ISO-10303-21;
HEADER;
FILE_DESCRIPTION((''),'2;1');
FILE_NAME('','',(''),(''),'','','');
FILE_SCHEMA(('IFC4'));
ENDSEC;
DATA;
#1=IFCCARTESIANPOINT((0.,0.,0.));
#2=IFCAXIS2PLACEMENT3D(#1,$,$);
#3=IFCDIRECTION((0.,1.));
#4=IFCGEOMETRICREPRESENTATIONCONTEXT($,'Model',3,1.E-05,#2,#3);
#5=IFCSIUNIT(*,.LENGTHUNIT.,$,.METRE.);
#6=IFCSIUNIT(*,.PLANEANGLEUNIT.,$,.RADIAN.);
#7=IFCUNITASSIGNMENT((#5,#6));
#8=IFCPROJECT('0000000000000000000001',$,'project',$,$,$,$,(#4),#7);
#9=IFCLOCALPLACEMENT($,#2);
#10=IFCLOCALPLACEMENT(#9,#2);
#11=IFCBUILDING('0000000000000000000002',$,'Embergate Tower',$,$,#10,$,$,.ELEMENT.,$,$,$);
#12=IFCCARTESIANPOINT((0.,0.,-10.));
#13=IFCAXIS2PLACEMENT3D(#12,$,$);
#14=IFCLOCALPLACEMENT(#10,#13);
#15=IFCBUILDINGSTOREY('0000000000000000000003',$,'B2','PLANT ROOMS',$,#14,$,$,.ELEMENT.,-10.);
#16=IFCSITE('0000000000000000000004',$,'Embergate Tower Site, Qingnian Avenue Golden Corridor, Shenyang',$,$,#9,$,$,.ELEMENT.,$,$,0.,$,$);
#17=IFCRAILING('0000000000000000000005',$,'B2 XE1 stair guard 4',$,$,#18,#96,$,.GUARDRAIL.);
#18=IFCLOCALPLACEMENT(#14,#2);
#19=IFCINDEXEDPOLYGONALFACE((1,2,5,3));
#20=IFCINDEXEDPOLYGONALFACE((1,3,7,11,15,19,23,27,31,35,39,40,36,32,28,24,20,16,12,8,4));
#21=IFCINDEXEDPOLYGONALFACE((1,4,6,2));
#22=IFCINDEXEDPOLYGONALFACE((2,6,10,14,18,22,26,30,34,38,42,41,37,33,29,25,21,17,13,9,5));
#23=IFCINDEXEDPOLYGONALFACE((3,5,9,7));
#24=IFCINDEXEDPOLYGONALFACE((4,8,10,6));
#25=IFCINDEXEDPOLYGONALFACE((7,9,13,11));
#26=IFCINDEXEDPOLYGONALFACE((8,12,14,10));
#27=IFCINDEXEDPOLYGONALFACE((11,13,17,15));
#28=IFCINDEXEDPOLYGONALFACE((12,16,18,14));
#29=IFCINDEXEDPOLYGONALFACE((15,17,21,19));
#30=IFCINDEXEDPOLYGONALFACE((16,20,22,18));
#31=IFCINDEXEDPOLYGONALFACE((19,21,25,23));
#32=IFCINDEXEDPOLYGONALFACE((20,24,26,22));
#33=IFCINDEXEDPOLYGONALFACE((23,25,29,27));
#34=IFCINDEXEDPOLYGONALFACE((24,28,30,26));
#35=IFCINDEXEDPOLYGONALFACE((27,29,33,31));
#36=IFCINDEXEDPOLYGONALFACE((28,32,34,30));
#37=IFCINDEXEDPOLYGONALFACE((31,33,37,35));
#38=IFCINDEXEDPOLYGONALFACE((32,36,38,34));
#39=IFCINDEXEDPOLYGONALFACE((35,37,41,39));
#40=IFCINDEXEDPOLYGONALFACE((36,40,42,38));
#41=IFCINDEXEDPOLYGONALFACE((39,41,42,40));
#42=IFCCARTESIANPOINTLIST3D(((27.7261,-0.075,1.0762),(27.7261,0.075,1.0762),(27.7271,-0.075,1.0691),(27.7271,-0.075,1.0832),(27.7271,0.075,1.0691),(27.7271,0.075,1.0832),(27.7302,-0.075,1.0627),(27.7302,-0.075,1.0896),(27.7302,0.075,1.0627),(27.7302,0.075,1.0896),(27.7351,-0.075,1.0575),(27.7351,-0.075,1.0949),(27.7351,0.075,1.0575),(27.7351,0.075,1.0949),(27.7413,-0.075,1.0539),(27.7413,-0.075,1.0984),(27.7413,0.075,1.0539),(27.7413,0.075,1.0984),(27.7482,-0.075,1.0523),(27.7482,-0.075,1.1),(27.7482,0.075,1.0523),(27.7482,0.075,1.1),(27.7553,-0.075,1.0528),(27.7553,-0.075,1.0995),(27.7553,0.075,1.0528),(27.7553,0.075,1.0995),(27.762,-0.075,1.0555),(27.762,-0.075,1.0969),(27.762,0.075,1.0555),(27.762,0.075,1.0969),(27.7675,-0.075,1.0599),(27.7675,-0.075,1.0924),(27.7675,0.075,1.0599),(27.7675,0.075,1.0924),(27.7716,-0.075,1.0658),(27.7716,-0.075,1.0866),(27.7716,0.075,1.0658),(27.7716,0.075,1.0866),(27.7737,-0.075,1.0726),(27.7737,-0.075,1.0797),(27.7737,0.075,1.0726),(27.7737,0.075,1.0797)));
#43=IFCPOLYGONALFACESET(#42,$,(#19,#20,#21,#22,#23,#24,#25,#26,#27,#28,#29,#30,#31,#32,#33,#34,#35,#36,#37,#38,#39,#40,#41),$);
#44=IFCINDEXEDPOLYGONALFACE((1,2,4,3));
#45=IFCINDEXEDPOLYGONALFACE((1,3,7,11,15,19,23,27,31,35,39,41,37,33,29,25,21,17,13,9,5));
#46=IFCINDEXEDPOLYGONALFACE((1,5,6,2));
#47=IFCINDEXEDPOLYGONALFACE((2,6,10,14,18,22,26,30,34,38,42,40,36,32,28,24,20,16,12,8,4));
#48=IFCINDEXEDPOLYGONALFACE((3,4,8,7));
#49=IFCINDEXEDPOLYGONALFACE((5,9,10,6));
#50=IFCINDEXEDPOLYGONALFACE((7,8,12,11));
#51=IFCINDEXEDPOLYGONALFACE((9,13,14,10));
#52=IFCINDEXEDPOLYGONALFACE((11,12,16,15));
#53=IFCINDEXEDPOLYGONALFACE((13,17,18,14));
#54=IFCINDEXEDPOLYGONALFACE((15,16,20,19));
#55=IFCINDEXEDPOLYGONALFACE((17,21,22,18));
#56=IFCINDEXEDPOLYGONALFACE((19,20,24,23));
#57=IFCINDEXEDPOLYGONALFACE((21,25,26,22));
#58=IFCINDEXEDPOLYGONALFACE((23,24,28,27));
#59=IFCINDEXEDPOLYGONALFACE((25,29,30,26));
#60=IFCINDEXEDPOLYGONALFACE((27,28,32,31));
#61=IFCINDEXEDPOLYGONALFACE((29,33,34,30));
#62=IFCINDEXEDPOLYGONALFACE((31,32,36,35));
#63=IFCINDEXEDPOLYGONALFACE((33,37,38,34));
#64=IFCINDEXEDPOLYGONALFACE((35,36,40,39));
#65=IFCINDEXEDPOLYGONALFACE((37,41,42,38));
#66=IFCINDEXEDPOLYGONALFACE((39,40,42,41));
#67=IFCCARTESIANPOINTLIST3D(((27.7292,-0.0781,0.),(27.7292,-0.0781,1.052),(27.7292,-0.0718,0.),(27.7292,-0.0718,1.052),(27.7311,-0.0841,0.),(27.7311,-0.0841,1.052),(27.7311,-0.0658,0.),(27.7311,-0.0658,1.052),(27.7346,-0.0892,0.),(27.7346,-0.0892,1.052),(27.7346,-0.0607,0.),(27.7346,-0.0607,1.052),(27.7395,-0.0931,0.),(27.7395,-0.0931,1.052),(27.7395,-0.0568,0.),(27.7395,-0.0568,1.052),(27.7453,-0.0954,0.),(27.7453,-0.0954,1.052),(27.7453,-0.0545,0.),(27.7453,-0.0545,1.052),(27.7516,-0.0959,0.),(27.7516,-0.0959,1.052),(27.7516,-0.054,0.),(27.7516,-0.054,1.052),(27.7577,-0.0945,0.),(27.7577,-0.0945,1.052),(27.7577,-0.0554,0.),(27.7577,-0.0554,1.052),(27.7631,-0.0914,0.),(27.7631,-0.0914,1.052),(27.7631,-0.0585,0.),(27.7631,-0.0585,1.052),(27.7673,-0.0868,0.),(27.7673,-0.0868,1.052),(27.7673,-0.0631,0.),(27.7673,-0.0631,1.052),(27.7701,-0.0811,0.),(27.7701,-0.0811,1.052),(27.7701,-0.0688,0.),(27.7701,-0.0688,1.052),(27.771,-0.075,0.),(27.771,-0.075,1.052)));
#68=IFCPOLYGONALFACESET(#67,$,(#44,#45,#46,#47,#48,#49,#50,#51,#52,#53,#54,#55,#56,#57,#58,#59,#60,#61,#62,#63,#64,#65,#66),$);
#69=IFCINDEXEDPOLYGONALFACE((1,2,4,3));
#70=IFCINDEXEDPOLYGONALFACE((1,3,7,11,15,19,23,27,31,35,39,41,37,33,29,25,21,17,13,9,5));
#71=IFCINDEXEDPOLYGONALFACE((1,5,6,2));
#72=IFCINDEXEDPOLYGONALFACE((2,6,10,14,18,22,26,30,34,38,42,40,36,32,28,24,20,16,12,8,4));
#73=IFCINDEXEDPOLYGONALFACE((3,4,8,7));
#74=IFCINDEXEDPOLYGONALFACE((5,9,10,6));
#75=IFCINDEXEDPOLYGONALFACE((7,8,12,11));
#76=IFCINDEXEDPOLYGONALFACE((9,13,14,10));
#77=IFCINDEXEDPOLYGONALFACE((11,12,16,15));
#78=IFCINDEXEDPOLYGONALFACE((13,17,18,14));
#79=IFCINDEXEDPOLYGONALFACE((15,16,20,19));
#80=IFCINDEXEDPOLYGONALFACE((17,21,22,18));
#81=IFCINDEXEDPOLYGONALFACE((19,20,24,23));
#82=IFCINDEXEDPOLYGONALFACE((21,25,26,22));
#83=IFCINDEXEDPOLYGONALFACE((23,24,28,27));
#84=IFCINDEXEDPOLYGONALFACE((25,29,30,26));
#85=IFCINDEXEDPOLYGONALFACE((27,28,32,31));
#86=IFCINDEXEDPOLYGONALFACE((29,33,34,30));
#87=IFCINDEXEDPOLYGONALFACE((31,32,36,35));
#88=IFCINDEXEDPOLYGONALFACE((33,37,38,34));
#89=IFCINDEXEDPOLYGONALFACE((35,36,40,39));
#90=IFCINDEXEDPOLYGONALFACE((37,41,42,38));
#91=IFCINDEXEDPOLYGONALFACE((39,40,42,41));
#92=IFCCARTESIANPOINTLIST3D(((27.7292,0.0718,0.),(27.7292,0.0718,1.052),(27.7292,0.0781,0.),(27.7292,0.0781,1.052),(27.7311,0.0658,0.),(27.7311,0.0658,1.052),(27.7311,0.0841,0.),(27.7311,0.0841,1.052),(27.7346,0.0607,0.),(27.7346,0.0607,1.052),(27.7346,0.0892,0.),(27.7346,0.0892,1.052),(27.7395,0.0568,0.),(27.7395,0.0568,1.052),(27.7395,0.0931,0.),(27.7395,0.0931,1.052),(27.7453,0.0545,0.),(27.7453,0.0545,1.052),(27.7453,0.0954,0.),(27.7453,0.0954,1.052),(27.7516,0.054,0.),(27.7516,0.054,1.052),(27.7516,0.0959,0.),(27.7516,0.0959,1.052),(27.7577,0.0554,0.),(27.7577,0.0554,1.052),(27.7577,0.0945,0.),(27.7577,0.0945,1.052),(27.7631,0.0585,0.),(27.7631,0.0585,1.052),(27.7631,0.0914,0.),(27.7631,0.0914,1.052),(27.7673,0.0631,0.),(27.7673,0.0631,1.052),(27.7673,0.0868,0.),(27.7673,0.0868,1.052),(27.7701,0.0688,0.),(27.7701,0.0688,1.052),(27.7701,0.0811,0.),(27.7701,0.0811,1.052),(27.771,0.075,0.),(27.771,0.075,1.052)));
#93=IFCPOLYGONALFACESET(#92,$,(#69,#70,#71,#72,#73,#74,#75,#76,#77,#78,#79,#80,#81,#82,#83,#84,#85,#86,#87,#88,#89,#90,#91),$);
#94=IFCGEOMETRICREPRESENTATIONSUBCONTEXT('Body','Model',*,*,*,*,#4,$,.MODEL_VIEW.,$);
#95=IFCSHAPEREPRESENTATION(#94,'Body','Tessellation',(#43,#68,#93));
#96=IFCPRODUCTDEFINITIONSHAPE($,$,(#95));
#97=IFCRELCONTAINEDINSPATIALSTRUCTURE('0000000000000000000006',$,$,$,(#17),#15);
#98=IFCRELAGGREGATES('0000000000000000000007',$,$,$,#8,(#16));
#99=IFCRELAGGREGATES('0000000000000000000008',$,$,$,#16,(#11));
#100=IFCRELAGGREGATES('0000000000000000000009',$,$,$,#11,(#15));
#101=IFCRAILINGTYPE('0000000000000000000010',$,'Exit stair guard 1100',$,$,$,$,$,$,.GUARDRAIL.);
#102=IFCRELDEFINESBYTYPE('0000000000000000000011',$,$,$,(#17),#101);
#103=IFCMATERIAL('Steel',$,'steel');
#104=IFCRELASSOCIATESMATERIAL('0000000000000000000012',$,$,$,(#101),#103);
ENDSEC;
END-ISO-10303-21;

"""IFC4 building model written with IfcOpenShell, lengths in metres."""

from ifc_helpers import new_model, si_unit, direction, frame, origin, origin_2d, place, context, subcontext, project, spatial, circle, extrude, source, transform, mapped, material, type_object, element, save


model = new_model("IFC4")

# Units and contexts
model_context = context("Model", 3, precision=1e-05, world=origin(), true_north=direction((0.0, 1.0)))
body_context = subcontext(model_context, "Body", "Model", "MODEL_VIEW")
ifc_project = project(units=[si_unit("LENGTHUNIT", "METRE"), si_unit("PLANEANGLEUNIT", "RADIAN")], contexts=[model_context])

# Site, building, storey
site_placement = place(None, origin())
site = spatial("IfcSite", under=ifc_project, at=site_placement, Name="Embergate Tower Site, Qingnian Avenue Golden Corridor, Shenyang", CompositionType="ELEMENT", RefElevation=0.0)
building_placement = place(site_placement, origin())
building = spatial("IfcBuilding", under=site, at=building_placement, Name="Embergate Tower", CompositionType="ELEMENT")
storey_placement = place(building_placement, frame((0.0, 0.0, -10.0)))
storey = spatial("IfcBuildingStorey", under=building, at=storey_placement, Name="B2", Description="PLANT ROOMS", CompositionType="ELEMENT", Elevation=-10.0)

# Railing
ifc_material_1 = material(Name="Steel", Category="steel")
railing_type_1 = type_object("IfcRailingType", Name="Exit stair guard 1100", PredefinedType="GUARDRAIL", material=ifc_material_1)
shared_shape_1 = source(origin(), body_context, "Body", "SweptSolid", [
    extrude(circle(Radius=0.0239, at=origin_2d()), frame((0.0, 0.0, 1.0762), z_axis=(0.0, 1.0, 0.0), x_axis=(-1.0, 0.0, 0.0)), (0.0, 0.0, 1.0), 0.1499),
    extrude(circle(Radius=0.021, at=origin_2d()), origin(), (0.0, 0.0, 1.0), 1.052),
    extrude(circle(Radius=0.021, at=origin_2d()), frame((0.0, 0.1499, 0.0)), (0.0, 0.0, 1.0), 1.052),
])
for number, where, name in (
    (1, (27.75, -0.075, 0.0), "B2 XE1 stair guard 4"),
):
    element("IfcRailing", number, at=place(storey_placement, frame(where)), inside=storey, type_object=railing_type_1, Name=name, PredefinedType="GUARDRAIL", context=body_context, shape_type="MappedRepresentation", body=[
        mapped(shared_shape_1, transform((0.0, 0.0, 0.0))),
    ])

save(model, "model.ifc")
